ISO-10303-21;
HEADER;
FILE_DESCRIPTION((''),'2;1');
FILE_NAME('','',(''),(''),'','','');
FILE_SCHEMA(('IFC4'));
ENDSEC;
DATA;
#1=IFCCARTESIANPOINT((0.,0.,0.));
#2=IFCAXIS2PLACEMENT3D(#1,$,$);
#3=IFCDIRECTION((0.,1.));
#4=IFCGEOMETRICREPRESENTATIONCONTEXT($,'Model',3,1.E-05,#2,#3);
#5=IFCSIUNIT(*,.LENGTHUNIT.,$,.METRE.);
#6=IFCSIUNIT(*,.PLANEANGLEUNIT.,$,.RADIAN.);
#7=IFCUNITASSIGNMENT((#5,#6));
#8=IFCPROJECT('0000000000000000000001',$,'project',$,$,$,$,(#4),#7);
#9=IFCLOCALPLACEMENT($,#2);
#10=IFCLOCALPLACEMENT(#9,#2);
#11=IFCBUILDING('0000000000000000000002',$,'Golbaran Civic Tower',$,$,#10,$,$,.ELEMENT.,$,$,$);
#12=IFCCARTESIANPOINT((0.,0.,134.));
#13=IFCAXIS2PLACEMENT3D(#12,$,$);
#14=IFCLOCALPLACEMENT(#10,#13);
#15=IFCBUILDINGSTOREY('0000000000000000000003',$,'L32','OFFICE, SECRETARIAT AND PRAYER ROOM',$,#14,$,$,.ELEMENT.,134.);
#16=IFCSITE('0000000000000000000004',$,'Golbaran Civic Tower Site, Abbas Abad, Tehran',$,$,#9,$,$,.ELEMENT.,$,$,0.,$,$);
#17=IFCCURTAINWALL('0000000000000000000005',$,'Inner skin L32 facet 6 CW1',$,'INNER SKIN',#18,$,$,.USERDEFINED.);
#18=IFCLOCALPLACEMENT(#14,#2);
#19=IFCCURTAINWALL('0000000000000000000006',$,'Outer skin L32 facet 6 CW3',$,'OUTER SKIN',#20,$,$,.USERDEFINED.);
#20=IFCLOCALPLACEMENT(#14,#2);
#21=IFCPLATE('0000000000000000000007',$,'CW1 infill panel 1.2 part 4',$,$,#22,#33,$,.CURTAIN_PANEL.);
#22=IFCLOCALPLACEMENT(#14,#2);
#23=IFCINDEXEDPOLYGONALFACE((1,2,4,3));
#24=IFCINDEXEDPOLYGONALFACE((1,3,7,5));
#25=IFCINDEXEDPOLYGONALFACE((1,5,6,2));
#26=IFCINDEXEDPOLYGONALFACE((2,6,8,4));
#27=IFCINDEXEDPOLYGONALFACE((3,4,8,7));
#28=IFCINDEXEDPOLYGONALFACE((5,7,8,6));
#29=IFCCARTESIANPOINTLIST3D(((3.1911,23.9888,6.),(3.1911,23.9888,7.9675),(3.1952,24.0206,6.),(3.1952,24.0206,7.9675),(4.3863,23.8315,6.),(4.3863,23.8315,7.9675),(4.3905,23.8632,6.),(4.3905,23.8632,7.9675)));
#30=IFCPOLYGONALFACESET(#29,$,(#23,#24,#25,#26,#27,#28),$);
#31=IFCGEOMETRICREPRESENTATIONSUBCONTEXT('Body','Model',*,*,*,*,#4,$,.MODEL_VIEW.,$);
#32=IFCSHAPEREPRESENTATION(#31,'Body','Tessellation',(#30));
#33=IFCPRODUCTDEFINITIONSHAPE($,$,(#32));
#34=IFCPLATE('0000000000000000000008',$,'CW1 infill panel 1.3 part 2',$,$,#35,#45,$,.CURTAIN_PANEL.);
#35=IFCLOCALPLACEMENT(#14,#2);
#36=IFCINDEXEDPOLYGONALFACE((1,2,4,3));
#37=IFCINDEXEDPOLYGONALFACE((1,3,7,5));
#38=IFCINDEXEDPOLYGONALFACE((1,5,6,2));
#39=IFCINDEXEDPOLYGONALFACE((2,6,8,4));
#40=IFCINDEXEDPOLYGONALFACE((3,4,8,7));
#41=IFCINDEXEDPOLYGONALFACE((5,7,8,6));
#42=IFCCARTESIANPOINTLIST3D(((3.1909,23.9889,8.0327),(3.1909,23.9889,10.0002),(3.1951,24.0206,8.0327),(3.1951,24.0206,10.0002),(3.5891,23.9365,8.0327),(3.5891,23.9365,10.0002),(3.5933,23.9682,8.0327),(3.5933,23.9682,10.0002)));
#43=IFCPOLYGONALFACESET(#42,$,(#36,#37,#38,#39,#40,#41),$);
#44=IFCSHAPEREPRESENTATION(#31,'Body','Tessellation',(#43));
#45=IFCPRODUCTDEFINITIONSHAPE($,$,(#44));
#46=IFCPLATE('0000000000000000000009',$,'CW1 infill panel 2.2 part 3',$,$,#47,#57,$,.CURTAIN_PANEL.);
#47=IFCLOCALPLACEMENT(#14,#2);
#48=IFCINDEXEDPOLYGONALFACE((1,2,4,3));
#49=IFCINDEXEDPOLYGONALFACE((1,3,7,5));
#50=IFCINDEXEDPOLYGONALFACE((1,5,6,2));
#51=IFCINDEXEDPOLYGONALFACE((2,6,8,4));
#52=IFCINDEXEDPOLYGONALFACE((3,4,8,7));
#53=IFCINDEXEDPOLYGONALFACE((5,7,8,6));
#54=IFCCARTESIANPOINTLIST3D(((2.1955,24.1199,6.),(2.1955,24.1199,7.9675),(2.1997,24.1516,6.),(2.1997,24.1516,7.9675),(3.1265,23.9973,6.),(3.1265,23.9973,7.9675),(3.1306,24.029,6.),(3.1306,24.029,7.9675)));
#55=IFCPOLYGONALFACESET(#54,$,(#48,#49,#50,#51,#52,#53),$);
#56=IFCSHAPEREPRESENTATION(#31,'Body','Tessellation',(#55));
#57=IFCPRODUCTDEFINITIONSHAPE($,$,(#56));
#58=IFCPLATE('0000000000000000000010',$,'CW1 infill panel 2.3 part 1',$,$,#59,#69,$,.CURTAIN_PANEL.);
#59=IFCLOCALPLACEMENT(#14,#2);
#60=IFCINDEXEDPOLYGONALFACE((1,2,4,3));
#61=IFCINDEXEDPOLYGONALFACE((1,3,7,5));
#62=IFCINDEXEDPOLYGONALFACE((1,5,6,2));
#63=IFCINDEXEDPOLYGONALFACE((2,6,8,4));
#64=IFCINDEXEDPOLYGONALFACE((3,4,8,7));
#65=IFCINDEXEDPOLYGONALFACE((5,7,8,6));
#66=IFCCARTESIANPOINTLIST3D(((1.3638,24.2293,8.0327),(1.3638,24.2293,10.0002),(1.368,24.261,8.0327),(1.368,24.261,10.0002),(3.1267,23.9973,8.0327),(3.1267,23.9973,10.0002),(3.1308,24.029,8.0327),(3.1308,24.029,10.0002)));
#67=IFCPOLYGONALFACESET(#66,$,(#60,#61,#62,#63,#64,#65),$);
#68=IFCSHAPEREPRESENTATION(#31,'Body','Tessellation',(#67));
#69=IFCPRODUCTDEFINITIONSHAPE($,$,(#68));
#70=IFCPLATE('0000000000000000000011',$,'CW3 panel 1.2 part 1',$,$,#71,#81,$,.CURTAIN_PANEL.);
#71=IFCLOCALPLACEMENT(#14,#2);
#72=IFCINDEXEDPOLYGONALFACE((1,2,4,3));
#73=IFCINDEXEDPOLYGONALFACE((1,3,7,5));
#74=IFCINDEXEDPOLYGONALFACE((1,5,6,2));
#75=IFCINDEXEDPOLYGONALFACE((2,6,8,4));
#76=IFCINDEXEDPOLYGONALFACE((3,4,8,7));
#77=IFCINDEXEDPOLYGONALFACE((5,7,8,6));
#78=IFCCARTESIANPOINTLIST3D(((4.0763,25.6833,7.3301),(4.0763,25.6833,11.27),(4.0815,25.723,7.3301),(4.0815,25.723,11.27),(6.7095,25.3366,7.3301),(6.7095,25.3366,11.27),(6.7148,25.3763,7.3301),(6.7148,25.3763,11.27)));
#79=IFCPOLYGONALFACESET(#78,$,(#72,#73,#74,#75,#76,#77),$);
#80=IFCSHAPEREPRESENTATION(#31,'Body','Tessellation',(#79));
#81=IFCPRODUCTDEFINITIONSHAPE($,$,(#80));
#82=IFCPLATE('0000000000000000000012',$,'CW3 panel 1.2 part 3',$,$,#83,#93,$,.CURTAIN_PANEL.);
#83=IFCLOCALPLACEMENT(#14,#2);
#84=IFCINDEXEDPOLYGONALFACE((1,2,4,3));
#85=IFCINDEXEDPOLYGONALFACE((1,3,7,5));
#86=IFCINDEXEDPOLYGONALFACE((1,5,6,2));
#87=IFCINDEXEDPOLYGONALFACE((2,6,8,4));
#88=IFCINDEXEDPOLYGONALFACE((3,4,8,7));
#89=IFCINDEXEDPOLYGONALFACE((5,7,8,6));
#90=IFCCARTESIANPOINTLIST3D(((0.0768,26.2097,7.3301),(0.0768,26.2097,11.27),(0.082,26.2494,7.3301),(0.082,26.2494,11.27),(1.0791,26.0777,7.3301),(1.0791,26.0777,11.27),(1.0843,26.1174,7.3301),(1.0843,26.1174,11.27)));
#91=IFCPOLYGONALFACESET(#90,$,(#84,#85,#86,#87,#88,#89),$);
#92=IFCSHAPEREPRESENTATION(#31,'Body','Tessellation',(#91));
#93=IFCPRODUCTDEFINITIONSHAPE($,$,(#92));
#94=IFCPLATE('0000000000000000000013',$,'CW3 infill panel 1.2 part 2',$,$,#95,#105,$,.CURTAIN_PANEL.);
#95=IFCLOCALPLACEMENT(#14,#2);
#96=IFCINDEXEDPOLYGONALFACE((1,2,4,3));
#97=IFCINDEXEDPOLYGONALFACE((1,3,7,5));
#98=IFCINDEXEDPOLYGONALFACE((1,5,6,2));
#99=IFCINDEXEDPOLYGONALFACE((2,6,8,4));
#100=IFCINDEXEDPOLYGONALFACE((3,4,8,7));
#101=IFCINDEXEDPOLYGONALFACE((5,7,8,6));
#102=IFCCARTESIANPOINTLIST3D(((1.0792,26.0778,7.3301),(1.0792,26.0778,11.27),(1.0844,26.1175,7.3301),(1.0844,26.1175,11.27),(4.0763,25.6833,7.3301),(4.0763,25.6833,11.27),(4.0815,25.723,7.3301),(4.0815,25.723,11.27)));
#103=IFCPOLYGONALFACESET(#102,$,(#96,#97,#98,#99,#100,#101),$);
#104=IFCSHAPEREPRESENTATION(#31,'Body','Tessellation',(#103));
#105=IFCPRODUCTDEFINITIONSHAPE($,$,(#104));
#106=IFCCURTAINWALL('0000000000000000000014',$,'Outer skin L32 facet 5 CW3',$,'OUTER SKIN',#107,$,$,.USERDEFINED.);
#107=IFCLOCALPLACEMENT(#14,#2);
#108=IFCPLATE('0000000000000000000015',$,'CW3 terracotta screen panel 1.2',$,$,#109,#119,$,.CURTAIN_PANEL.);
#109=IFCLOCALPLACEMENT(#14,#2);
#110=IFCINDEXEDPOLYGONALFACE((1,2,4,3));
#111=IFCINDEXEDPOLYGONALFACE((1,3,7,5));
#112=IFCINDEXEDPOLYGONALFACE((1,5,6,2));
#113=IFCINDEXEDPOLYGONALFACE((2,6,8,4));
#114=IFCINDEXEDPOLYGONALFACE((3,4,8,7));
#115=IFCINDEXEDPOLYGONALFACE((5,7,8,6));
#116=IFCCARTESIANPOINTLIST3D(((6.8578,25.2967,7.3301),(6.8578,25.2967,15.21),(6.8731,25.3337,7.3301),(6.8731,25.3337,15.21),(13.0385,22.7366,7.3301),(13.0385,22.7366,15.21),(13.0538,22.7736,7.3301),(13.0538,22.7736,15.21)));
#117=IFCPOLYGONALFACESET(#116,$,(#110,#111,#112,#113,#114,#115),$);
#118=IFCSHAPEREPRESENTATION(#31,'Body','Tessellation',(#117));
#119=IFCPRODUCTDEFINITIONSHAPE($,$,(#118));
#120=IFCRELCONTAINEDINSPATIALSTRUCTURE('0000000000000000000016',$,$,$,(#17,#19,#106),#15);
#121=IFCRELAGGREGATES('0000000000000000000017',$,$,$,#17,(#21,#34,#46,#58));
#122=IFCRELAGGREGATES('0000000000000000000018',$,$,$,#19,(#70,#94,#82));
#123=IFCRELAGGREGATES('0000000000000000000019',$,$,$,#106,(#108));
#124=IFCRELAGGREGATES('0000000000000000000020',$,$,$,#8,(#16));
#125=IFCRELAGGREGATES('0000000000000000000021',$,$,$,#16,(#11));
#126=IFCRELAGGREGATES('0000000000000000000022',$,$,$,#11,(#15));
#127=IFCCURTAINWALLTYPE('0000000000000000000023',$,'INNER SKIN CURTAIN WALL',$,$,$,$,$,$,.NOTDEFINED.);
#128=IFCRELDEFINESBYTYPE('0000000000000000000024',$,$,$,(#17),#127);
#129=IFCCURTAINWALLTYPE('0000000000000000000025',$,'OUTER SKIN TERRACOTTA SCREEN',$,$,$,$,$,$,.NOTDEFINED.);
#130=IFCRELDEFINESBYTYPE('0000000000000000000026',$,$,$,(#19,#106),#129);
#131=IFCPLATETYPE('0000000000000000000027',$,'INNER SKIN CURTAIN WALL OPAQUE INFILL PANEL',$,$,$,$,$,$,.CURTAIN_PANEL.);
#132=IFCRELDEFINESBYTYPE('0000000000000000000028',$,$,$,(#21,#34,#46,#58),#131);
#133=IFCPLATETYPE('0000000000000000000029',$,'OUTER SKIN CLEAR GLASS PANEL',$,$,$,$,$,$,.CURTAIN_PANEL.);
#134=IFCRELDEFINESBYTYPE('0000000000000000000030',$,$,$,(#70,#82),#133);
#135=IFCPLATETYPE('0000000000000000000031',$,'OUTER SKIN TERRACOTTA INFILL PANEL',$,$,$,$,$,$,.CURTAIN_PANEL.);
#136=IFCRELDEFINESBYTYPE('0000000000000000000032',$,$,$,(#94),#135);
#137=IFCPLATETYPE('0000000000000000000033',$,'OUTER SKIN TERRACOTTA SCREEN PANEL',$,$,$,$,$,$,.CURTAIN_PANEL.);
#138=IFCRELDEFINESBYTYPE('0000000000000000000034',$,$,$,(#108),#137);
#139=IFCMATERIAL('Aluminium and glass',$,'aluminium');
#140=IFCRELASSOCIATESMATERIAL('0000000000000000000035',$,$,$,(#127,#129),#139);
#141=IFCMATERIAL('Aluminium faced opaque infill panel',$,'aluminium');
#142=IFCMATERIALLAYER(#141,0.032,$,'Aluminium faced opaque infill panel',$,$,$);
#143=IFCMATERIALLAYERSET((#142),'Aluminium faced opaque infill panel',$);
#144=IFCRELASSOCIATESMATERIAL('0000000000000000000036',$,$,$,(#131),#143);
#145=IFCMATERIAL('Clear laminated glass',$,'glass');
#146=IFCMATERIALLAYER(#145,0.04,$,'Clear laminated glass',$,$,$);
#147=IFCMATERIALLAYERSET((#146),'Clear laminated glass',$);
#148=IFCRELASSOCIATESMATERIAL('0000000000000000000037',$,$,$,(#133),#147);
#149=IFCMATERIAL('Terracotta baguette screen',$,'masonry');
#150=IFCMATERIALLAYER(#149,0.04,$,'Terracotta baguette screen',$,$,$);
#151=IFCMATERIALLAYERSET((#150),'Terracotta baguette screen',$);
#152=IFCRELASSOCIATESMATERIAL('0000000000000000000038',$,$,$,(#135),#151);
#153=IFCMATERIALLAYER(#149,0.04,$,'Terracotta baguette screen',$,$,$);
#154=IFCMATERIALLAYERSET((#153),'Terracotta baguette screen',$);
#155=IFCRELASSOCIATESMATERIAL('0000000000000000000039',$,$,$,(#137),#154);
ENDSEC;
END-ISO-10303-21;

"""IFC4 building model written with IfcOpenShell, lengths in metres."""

from ifc_helpers import new_model, si_unit, direction, frame, origin, origin_2d, place, context, subcontext, project, spatial, rectangle, extrude, material, layer, layer_set, type_object, element, aggregate, save


model = new_model("IFC4")

# Units and contexts
model_context = context("Model", 3, precision=1e-05, world=origin(), true_north=direction((0.0, 1.0)))
body_context = subcontext(model_context, "Body", "Model", "MODEL_VIEW")
ifc_project = project(units=[si_unit("LENGTHUNIT", "METRE"), si_unit("PLANEANGLEUNIT", "RADIAN")], contexts=[model_context])

# Site, building, storey
site_placement = place(None, origin())
site = spatial("IfcSite", under=ifc_project, at=site_placement, Name="Golbaran Civic Tower Site, Abbas Abad, Tehran", CompositionType="ELEMENT", RefElevation=0.0)
building_placement = place(site_placement, origin())
building = spatial("IfcBuilding", under=site, at=building_placement, Name="Golbaran Civic Tower", CompositionType="ELEMENT")
storey_placement = place(building_placement, frame((0.0, 0.0, 134.0)))
storey = spatial("IfcBuildingStorey", under=building, at=storey_placement, Name="L32", Description="OFFICE, SECRETARIAT AND PRAYER ROOM", CompositionType="ELEMENT", Elevation=134.0)

# Shared definitions
ifc_material_1 = material(Name="Aluminium and glass", Category="aluminium")
curtain_wall_type_1 = type_object("IfcCurtainWallType", Name="INNER SKIN CURTAIN WALL", PredefinedType="NOTDEFINED", material=ifc_material_1)

# Curtain wall
curtain_wall_1_placement = place(storey_placement, origin())
curtain_wall_1 = element("IfcCurtainWall", 1, at=curtain_wall_1_placement, inside=storey, type_object=curtain_wall_type_1, Name="Inner skin L32 facet 6 CW1", ObjectType="INNER SKIN", PredefinedType="USERDEFINED")

# Curtain wall
curtain_wall_type_2 = type_object("IfcCurtainWallType", Name="OUTER SKIN TERRACOTTA SCREEN", PredefinedType="NOTDEFINED", material=ifc_material_1)
curtain_wall_2_placement = place(storey_placement, origin())
curtain_wall_2 = element("IfcCurtainWall", 2, at=curtain_wall_2_placement, inside=storey, type_object=curtain_wall_type_2, Name="Outer skin L32 facet 6 CW3", ObjectType="OUTER SKIN", PredefinedType="USERDEFINED")

# Plates
ifc_material_2 = material(Name="Aluminium faced opaque infill panel", Category="aluminium")
ifc_layer_1 = layer(ifc_material_2, 0.032, Name="Aluminium faced opaque infill panel")
ifc_layer_set_1 = layer_set([ifc_layer_1], Name="Aluminium faced opaque infill panel")
plate_type_1 = type_object("IfcPlateType", Name="INNER SKIN CURTAIN WALL OPAQUE INFILL PANEL", PredefinedType="CURTAIN_PANEL", material=ifc_layer_set_1)
plate_1_placement = place(storey_placement, frame((3.7908, 23.926, 6.0), z_axis=(0.0, 0.0, 1.0), x_axis=(-0.991445, 0.130526, 0.0)))
plate_1 = element("IfcPlate", 3, at=plate_1_placement, type_object=plate_type_1, Name="CW1 infill panel 1.2 part 4", PredefinedType="CURTAIN_PANEL", context=body_context, shape_type="SweptSolid", body=[
    extrude(rectangle(XDim=1.2056, YDim=0.032, at=origin_2d()), origin(), (0.0, 0.0, 1.0), 1.9675),
])
plate_2_placement = place(storey_placement, frame((3.3921, 23.9785, 8.0327), z_axis=(0.0, 0.0, 1.0), x_axis=(-0.991445, 0.130526, 0.0)))
plate_2 = element("IfcPlate", 4, at=plate_2_placement, type_object=plate_type_1, Name="CW1 infill panel 1.3 part 2", PredefinedType="CURTAIN_PANEL", context=body_context, shape_type="SweptSolid", body=[
    extrude(rectangle(XDim=0.4016, YDim=0.032, at=origin_2d()), origin(), (0.0, 0.0, 1.0), 1.9675),
])
plate_3_placement = place(storey_placement, frame((2.6631, 24.0745, 6.0), z_axis=(0.0, 0.0, 1.0), x_axis=(-0.991445, 0.130526, 0.0)))
plate_3 = element("IfcPlate", 5, at=plate_3_placement, type_object=plate_type_1, Name="CW1 infill panel 2.2 part 3", PredefinedType="CURTAIN_PANEL", context=body_context, shape_type="SweptSolid", body=[
    extrude(rectangle(XDim=0.939, YDim=0.032, at=origin_2d()), origin(), (0.0, 0.0, 1.0), 1.9675),
])
plate_4_placement = place(storey_placement, frame((2.2473, 24.1292, 8.0327), z_axis=(0.0, 0.0, 1.0), x_axis=(-0.991445, 0.130526, 0.0)))
plate_4 = element("IfcPlate", 6, at=plate_4_placement, type_object=plate_type_1, Name="CW1 infill panel 2.3 part 1", PredefinedType="CURTAIN_PANEL", context=body_context, shape_type="SweptSolid", body=[
    extrude(rectangle(XDim=1.7781, YDim=0.032, at=origin_2d()), origin(), (0.0, 0.0, 1.0), 1.9675),
])
aggregate(curtain_wall_1, [plate_1, plate_2, plate_3, plate_4])
ifc_material_3 = material(Name="Clear laminated glass", Category="glass")
ifc_layer_2 = layer(ifc_material_3, 0.04, Name="Clear laminated glass")
ifc_layer_set_2 = layer_set([ifc_layer_2], Name="Clear laminated glass")
plate_type_2 = type_object("IfcPlateType", Name="OUTER SKIN CLEAR GLASS PANEL", PredefinedType="CURTAIN_PANEL", material=ifc_layer_set_2)
plate_5_placement = place(storey_placement, frame((5.3955, 25.5298, 7.3301), z_axis=(0.0, 0.0, 1.0), x_axis=(-0.991445, 0.130526, 0.0)))
plate_5 = element("IfcPlate", 7, at=plate_5_placement, type_object=plate_type_2, Name="CW3 panel 1.2 part 1", PredefinedType="CURTAIN_PANEL", context=body_context, shape_type="SweptSolid", body=[
    extrude(rectangle(XDim=2.656, YDim=0.04, at=origin_2d()), origin(), (0.0, 0.0, 1.0), 3.9399),
])
plate_6_placement = place(storey_placement, frame((0.5806, 26.1636, 7.3301), z_axis=(0.0, 0.0, 1.0), x_axis=(-0.991445, 0.130526, 0.0)))
plate_6 = element("IfcPlate", 8, at=plate_6_placement, type_object=plate_type_2, Name="CW3 panel 1.2 part 3", PredefinedType="CURTAIN_PANEL", context=body_context, shape_type="SweptSolid", body=[
    extrude(rectangle(XDim=1.011, YDim=0.04, at=origin_2d()), origin(), (0.0, 0.0, 1.0), 3.9399),
])
ifc_material_4 = material(Name="Terracotta baguette screen", Category="masonry")
ifc_layer_3 = layer(ifc_material_4, 0.04, Name="Terracotta baguette screen")
ifc_layer_set_3 = layer_set([ifc_layer_3], Name="Terracotta baguette screen")
plate_type_3 = type_object("IfcPlateType", Name="OUTER SKIN TERRACOTTA INFILL PANEL", PredefinedType="CURTAIN_PANEL", material=ifc_layer_set_3)
plate_7_placement = place(storey_placement, frame((2.5803, 25.9004, 7.3301), z_axis=(0.0, 0.0, 1.0), x_axis=(-0.991445, 0.130526, 0.0)))
plate_7 = element("IfcPlate", 9, at=plate_7_placement, type_object=plate_type_3, Name="CW3 infill panel 1.2 part 2", PredefinedType="CURTAIN_PANEL", context=body_context, shape_type="SweptSolid", body=[
    extrude(rectangle(XDim=3.0229, YDim=0.04, at=origin_2d()), origin(), (0.0, 0.0, 1.0), 3.9399),
])
aggregate(curtain_wall_2, [plate_5, plate_7, plate_6])

# Curtain wall, plate
curtain_wall_3_placement = place(storey_placement, origin())
curtain_wall_3 = element("IfcCurtainWall", 10, at=curtain_wall_3_placement, inside=storey, type_object=curtain_wall_type_2, Name="Outer skin L32 facet 5 CW3", ObjectType="OUTER SKIN", PredefinedType="USERDEFINED")
ifc_layer_4 = layer(ifc_material_4, 0.04, Name="Terracotta baguette screen")
ifc_layer_set_4 = layer_set([ifc_layer_4], Name="Terracotta baguette screen")
plate_type_4 = type_object("IfcPlateType", Name="OUTER SKIN TERRACOTTA SCREEN PANEL", PredefinedType="CURTAIN_PANEL", material=ifc_layer_set_4)
plate_8_placement = place(storey_placement, frame((9.9558, 24.0352, 7.3301), z_axis=(0.0, 0.0, 1.0), x_axis=(-0.92388, 0.382683, 0.0)))
plate_8 = element("IfcPlate", 11, at=plate_8_placement, type_object=plate_type_4, Name="CW3 terracotta screen panel 1.2", PredefinedType="CURTAIN_PANEL", context=body_context, shape_type="SweptSolid", body=[
    extrude(rectangle(XDim=6.6899, YDim=0.04, at=origin_2d()), origin(), (0.0, 0.0, 1.0), 7.8799),
])
aggregate(curtain_wall_3, [plate_8])

save(model, "model.ifc")
